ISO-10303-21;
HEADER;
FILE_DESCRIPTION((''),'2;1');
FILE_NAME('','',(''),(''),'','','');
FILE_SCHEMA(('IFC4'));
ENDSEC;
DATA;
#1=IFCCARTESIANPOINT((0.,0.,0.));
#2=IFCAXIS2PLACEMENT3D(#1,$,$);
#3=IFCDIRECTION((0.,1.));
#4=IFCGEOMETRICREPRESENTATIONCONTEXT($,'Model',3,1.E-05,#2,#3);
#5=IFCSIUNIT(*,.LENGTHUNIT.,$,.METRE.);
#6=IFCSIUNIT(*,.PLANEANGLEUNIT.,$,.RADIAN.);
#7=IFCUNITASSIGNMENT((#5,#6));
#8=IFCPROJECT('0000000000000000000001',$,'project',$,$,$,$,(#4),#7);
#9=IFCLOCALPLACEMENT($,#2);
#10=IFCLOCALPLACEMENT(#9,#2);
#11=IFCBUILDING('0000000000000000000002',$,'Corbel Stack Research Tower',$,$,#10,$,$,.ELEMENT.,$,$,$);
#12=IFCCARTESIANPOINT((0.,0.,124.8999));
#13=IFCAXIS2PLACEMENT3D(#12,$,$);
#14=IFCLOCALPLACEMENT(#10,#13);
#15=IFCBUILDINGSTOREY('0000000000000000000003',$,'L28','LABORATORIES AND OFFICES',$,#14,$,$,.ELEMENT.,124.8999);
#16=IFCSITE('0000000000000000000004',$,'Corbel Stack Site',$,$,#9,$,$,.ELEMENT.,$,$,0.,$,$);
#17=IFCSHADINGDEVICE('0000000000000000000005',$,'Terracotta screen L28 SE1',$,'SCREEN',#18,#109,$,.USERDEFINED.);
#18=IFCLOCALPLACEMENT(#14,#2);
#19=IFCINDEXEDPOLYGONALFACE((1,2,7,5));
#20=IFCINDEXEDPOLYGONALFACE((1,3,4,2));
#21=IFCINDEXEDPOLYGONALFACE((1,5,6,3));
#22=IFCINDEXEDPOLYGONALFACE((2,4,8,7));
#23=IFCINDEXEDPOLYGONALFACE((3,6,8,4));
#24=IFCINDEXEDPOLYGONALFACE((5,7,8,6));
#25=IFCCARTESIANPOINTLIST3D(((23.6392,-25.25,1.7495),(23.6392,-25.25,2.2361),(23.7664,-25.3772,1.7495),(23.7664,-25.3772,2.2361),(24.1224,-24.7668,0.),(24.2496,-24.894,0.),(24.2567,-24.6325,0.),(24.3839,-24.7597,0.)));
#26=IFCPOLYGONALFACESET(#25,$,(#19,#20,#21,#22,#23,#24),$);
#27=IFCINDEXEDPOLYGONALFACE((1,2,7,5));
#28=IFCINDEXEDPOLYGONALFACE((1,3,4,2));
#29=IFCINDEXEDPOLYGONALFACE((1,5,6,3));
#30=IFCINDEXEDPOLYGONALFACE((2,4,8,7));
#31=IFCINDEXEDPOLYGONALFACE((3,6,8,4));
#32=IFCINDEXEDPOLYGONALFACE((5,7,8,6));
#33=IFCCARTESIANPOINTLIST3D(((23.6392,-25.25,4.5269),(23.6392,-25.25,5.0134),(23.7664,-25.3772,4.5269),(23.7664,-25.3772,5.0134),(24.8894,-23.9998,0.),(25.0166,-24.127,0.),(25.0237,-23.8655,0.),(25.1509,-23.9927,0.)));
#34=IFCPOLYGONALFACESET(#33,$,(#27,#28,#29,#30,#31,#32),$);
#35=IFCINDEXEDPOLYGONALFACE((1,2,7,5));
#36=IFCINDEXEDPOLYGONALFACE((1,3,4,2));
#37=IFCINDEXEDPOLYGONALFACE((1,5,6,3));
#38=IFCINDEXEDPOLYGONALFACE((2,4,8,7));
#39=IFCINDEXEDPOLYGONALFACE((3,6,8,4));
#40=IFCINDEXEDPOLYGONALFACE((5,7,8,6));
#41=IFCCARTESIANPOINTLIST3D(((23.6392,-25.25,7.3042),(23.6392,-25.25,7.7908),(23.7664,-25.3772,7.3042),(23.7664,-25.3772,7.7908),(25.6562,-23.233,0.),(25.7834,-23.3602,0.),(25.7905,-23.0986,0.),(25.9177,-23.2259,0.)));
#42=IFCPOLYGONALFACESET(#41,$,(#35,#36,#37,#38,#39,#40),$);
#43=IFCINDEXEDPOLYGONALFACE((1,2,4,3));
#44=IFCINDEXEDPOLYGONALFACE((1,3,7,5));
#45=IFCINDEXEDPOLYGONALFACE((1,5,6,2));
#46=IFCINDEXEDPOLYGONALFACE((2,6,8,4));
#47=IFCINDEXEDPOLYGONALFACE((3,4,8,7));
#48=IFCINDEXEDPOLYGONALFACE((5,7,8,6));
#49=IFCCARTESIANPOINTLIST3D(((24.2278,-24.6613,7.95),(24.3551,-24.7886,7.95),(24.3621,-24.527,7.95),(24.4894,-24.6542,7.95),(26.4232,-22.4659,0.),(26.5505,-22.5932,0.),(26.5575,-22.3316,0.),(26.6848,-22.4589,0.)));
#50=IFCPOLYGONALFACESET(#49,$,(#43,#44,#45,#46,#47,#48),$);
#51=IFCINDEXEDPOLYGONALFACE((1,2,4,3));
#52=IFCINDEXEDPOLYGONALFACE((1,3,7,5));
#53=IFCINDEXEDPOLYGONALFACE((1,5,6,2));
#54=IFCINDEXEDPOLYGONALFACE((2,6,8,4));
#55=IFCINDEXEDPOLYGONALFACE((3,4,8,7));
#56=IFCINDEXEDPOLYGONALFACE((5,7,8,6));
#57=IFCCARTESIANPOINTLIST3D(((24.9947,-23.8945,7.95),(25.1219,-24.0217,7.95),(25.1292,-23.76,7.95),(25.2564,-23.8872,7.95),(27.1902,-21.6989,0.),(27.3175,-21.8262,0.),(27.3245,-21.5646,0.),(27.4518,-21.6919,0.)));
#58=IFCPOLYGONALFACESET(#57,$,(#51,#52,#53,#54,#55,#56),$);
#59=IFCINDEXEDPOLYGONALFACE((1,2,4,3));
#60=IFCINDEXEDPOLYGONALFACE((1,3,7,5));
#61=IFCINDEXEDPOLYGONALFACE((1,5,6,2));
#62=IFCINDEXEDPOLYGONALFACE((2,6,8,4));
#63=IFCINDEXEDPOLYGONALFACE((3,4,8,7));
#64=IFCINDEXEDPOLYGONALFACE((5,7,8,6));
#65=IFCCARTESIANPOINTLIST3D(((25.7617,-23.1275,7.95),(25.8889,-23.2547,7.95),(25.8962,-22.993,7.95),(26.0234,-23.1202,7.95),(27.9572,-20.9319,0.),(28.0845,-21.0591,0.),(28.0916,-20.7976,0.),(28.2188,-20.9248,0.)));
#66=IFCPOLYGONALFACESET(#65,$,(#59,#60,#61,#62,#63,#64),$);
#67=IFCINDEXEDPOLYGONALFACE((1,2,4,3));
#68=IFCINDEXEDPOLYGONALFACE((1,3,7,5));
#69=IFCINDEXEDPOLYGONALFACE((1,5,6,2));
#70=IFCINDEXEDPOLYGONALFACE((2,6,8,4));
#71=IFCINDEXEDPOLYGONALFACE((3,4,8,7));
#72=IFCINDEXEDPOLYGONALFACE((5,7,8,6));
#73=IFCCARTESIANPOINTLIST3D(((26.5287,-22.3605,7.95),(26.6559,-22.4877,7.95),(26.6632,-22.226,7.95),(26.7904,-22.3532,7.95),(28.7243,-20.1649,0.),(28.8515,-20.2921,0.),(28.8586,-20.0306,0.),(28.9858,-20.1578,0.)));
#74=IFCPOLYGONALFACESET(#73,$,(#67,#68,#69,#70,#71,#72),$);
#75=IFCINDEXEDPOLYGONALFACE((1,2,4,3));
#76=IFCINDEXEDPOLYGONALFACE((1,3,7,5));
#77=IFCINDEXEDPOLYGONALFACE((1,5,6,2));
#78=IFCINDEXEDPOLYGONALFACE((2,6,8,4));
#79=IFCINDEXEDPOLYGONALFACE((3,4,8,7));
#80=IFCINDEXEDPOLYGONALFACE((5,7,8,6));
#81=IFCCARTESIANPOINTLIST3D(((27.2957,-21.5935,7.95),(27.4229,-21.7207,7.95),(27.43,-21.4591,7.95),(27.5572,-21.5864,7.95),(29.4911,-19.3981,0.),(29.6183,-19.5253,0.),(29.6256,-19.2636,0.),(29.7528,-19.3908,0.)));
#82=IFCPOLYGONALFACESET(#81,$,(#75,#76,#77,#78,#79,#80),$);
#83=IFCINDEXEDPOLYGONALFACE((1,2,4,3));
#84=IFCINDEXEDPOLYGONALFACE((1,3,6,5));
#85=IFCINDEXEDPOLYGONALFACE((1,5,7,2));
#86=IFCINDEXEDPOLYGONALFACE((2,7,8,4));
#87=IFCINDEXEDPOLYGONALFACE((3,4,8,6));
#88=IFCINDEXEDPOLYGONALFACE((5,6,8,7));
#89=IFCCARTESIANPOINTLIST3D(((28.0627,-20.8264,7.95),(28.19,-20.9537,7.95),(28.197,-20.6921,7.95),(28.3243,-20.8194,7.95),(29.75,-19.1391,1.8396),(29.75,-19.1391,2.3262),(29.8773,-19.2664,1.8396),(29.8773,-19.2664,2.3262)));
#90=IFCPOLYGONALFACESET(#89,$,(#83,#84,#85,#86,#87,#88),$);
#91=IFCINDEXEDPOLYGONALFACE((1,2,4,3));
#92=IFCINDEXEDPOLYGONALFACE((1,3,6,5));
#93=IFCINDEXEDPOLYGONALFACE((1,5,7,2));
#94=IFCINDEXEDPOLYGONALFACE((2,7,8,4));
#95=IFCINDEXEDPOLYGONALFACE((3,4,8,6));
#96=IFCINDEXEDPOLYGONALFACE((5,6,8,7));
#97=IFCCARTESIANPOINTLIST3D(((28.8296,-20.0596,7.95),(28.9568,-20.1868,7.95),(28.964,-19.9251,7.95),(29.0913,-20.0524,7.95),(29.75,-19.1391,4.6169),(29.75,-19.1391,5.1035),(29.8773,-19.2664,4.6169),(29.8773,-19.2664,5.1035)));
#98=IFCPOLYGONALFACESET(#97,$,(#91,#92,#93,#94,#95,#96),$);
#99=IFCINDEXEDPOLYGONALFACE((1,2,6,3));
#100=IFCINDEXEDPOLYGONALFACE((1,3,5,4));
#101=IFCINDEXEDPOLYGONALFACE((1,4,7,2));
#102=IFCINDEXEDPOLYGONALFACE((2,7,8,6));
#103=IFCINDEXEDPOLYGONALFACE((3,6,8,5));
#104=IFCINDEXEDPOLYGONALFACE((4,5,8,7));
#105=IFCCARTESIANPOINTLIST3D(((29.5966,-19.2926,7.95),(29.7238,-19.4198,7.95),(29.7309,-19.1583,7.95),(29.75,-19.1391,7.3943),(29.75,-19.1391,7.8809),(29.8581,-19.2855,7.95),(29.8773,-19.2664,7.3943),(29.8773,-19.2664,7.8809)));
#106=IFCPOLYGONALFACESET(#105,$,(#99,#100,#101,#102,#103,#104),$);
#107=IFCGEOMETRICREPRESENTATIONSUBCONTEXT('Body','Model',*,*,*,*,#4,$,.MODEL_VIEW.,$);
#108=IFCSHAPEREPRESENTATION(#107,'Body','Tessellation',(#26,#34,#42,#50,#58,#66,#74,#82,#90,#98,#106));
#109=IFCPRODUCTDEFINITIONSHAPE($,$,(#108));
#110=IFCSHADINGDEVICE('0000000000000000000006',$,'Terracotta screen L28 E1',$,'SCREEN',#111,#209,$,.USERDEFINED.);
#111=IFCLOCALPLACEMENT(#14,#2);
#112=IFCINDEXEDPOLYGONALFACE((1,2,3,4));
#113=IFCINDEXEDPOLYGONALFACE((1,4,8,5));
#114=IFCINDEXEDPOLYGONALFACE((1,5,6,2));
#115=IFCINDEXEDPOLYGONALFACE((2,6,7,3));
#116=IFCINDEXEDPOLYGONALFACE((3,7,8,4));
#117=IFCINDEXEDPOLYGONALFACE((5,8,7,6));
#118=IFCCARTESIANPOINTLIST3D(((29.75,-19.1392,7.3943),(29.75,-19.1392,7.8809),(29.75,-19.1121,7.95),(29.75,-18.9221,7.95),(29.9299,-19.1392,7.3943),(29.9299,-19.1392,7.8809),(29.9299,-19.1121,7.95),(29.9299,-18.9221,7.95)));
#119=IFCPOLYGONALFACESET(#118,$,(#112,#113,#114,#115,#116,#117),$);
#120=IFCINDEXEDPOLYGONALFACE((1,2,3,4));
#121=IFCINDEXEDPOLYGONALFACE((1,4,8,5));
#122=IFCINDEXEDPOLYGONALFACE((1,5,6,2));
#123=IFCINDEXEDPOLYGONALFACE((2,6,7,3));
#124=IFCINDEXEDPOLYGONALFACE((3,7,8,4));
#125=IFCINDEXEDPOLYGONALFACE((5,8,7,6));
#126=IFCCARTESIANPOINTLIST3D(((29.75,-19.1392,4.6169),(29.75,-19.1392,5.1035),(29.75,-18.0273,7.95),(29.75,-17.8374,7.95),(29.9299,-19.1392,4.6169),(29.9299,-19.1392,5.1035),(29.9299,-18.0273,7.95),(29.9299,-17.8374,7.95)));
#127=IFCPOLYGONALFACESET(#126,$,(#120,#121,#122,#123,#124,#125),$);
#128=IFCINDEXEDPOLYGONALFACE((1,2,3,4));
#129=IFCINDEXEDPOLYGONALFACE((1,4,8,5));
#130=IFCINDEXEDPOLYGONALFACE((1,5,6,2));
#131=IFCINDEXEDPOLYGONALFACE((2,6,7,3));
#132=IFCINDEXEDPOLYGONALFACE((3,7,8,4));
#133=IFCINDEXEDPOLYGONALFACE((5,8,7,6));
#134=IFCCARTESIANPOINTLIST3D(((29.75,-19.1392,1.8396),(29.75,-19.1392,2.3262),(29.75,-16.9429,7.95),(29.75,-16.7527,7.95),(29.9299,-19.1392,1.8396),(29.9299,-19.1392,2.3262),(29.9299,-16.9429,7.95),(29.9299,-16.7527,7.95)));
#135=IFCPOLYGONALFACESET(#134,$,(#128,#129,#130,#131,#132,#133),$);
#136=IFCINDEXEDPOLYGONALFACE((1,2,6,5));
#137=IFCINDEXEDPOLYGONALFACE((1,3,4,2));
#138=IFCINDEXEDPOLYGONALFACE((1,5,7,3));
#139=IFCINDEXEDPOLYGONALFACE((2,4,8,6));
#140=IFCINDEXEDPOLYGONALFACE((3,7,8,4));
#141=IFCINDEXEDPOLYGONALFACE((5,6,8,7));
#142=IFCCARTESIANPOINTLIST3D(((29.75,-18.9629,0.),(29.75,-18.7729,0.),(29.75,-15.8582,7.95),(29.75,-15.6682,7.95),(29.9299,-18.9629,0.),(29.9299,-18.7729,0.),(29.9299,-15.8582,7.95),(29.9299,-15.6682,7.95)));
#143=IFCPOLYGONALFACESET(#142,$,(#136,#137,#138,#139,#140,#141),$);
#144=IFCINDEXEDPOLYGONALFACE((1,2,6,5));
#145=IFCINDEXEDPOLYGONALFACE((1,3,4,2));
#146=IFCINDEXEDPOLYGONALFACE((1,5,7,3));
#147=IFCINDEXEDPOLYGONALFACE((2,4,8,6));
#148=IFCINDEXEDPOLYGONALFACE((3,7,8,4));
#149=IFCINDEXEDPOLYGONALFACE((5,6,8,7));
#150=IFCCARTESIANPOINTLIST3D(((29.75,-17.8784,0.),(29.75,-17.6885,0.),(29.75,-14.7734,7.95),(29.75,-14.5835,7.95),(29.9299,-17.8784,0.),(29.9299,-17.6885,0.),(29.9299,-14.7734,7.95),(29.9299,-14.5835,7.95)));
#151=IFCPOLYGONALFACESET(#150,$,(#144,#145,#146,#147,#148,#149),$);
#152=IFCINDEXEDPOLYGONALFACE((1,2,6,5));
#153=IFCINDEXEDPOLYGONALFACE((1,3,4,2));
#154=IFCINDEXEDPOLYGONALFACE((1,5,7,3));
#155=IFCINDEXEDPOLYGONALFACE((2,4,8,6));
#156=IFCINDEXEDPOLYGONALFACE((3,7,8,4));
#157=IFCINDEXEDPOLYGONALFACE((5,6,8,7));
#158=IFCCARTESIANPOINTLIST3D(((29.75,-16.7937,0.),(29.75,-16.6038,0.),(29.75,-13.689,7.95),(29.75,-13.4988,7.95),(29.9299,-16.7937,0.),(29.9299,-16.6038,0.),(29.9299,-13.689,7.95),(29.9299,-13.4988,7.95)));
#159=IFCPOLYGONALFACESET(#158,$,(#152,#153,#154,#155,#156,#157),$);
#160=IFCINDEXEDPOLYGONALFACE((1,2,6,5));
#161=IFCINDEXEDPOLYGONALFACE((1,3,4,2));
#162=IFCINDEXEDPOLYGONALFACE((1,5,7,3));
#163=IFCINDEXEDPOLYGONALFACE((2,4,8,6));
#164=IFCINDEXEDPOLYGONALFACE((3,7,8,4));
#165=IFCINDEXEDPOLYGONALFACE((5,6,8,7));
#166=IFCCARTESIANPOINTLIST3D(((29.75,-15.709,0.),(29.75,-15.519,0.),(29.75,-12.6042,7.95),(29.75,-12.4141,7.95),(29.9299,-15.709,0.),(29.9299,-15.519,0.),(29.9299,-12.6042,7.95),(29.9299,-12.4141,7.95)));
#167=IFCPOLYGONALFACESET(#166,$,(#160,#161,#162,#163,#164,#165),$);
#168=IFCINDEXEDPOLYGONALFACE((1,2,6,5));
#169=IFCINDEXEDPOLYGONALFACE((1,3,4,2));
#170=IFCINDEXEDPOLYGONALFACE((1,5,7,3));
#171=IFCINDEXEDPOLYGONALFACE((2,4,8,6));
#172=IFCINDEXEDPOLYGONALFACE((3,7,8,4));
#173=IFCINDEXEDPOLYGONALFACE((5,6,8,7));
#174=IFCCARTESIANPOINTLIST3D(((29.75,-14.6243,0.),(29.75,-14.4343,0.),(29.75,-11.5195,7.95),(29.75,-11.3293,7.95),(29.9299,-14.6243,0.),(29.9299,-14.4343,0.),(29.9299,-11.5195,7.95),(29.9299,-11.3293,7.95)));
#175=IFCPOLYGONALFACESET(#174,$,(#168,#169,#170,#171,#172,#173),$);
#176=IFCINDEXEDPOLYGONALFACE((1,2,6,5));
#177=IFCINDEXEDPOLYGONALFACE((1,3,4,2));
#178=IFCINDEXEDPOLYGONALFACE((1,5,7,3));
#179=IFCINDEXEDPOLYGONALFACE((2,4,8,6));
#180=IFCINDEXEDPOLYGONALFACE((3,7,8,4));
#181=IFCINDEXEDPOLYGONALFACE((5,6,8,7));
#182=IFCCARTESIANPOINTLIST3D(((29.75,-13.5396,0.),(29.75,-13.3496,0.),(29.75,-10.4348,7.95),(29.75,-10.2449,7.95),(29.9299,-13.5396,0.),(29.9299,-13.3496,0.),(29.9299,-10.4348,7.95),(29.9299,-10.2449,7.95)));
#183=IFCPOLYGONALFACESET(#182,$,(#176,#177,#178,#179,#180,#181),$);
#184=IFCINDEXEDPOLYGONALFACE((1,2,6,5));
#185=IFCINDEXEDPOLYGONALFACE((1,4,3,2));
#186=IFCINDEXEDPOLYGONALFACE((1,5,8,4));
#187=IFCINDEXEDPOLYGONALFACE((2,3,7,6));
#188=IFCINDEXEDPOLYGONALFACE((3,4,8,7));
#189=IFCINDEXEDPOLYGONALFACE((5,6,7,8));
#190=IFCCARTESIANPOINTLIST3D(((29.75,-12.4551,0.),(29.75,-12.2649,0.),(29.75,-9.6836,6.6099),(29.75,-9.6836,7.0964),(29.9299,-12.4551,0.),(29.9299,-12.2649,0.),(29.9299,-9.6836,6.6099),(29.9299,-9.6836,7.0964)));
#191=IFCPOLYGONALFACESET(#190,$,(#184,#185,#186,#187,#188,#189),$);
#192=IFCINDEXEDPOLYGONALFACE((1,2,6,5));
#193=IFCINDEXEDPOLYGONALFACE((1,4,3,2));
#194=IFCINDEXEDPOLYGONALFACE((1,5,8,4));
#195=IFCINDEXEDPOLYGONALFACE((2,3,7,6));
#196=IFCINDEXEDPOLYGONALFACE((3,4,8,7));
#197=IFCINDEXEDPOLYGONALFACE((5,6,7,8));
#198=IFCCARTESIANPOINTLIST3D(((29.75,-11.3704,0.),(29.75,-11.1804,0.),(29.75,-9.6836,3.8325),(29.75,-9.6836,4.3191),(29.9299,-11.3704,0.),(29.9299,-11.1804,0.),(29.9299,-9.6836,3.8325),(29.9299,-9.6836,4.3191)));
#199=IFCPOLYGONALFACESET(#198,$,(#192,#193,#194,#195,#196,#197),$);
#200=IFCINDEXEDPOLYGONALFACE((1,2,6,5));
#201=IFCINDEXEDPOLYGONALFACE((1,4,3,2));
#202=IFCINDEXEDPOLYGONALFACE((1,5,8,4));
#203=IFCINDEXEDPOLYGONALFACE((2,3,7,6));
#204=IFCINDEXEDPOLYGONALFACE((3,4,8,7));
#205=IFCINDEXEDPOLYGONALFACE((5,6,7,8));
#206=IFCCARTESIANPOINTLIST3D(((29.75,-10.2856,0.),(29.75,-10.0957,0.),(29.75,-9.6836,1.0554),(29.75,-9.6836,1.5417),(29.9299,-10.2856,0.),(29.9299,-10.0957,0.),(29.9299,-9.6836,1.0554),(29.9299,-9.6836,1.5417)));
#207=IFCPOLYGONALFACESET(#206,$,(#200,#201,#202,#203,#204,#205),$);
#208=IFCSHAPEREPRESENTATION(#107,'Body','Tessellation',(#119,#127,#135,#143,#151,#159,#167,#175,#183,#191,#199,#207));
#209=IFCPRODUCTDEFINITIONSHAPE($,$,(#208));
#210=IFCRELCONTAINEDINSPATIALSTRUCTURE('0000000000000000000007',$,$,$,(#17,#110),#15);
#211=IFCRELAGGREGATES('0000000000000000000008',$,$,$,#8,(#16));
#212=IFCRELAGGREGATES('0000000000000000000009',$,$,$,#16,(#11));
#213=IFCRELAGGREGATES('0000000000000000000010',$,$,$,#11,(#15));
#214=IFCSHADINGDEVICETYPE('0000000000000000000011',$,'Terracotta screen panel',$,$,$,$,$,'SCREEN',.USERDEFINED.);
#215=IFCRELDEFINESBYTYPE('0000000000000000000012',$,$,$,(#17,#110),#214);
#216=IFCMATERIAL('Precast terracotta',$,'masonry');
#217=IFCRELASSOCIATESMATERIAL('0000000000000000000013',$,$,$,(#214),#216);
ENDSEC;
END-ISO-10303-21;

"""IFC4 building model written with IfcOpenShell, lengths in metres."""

from ifc_helpers import new_model, si_unit, direction, frame, origin, place, context, subcontext, project, spatial, polyline, outline, extrude, source, transform, mapped, material, type_object, element, save


model = new_model("IFC4")

# Units and contexts
model_context = context("Model", 3, precision=1e-05, world=origin(), true_north=direction((0.0, 1.0)))
body_context = subcontext(model_context, "Body", "Model", "MODEL_VIEW")
ifc_project = project(units=[si_unit("LENGTHUNIT", "METRE"), si_unit("PLANEANGLEUNIT", "RADIAN")], contexts=[model_context])

# Site, building, storey
site_placement = place(None, origin())
site = spatial("IfcSite", under=ifc_project, at=site_placement, Name="Corbel Stack Site", CompositionType="ELEMENT", RefElevation=0.0)
building_placement = place(site_placement, origin())
building = spatial("IfcBuilding", under=site, at=building_placement, Name="Corbel Stack Research Tower", CompositionType="ELEMENT")
storey_placement = place(building_placement, frame((0.0, 0.0, 124.8999)))
storey = spatial("IfcBuildingStorey", under=building, at=storey_placement, Name="L28", Description="LABORATORIES AND OFFICES", CompositionType="ELEMENT", Elevation=124.8999)

# Shading devices
ifc_material_1 = material(Name="Precast terracotta", Category="masonry")
shading_device_type = type_object("IfcShadingDeviceType", Name="Terracotta screen panel", ElementType="SCREEN", PredefinedType="USERDEFINED", material=ifc_material_1)
shared_shape_1 = source(origin(), body_context, "Body", "SweptSolid", [
    extrude(outline(polyline([(0.8733, 0.0), (0.0, 2.2361), (0.0, 1.7495), (0.6833, 0.0), (0.8733, 0.0)])), frame((0.0, 0.0, 0.0), z_axis=(0.0, -1.0, 0.0), x_axis=(1.0, 0.0, 0.0)), (0.0, 0.0, 1.0), 0.1799),
    extrude(outline(polyline([(1.958, 0.0), (0.0, 5.0134), (0.0, 4.5269), (1.7681, 0.0), (1.958, 0.0)])), frame((0.0, 0.0, 0.0), z_axis=(0.0, -1.0, 0.0), x_axis=(1.0, 0.0, 0.0)), (0.0, 0.0, 1.0), 0.1799),
    extrude(outline(polyline([(3.0425, 0.0), (0.0, 7.7908), (0.0, 7.3042), (2.8525, 0.0), (3.0425, 0.0)])), frame((0.0, 0.0, 0.0), z_axis=(0.0, -1.0, 0.0), x_axis=(1.0, 0.0, 0.0)), (0.0, 0.0, 1.0), 0.1799),
    extrude(outline(polyline([(4.1272, 0.0), (1.0225, 7.95), (0.8325, 7.95), (3.9373, 0.0), (4.1272, 0.0)])), frame((0.0, 0.0, 0.0), z_axis=(0.0, -1.0, 0.0), x_axis=(1.0, 0.0, 0.0)), (0.0, 0.0, 1.0), 0.1799),
    extrude(outline(polyline([(5.2119, 0.0), (2.1072, 7.95), (1.917, 7.95), (5.022, 0.0), (5.2119, 0.0)])), frame((0.0, 0.0, 0.0), z_axis=(0.0, -1.0, 0.0), x_axis=(1.0, 0.0, 0.0)), (0.0, 0.0, 1.0), 0.1799),
    extrude(outline(polyline([(6.2966, 0.0), (3.1919, 7.95), (3.0017, 7.95), (6.1067, 0.0), (6.2966, 0.0)])), frame((0.0, 0.0, 0.0), z_axis=(0.0, -1.0, 0.0), x_axis=(1.0, 0.0, 0.0)), (0.0, 0.0, 1.0), 0.1799),
    extrude(outline(polyline([(7.3813, 0.0), (4.2766, 7.95), (4.0864, 7.95), (7.1914, 0.0), (7.3813, 0.0)])), frame((0.0, 0.0, 0.0), z_axis=(0.0, -1.0, 0.0), x_axis=(1.0, 0.0, 0.0)), (0.0, 0.0, 1.0), 0.1799),
    extrude(outline(polyline([(8.4661, 0.0), (5.3611, 7.95), (5.1711, 7.95), (8.2759, 0.0), (8.4661, 0.0)])), frame((0.0, 0.0, 0.0), z_axis=(0.0, -1.0, 0.0), x_axis=(1.0, 0.0, 0.0)), (0.0, 0.0, 1.0), 0.1799),
    extrude(outline(polyline([(6.4458, 7.95), (6.2559, 7.95), (8.6421, 1.8396), (8.6421, 2.3262), (6.4458, 7.95)])), frame((0.0, 0.0, 0.0), z_axis=(0.0, -1.0, 0.0), x_axis=(1.0, 0.0, 0.0)), (0.0, 0.0, 1.0), 0.1799),
    extrude(outline(polyline([(7.5305, 7.95), (7.3403, 7.95), (8.6421, 4.6169), (8.6421, 5.1035), (7.5305, 7.95)])), frame((0.0, 0.0, 0.0), z_axis=(0.0, -1.0, 0.0), x_axis=(1.0, 0.0, 0.0)), (0.0, 0.0, 1.0), 0.1799),
    extrude(outline(polyline([(8.615, 7.95), (8.425, 7.95), (8.6421, 7.3943), (8.6421, 7.8809), (8.615, 7.95)])), frame((0.0, 0.0, 0.0), z_axis=(0.0, -1.0, 0.0), x_axis=(1.0, 0.0, 0.0)), (0.0, 0.0, 1.0), 0.1799),
])
shading_device_1_placement = place(storey_placement, frame((23.6392, -25.25, 0.0), z_axis=(0.0, 0.0, 1.0), x_axis=(0.707107, 0.707107, 0.0)))
element("IfcShadingDevice", 1, at=shading_device_1_placement, inside=storey, type_object=shading_device_type, Name="Terracotta screen L28 SE1", ObjectType="SCREEN", PredefinedType="USERDEFINED", context=body_context, shape_type="MappedRepresentation", body=[
    mapped(shared_shape_1, transform((0.0, 0.0, 0.0))),
])
shared_shape_2 = source(origin(), body_context, "Body", "SweptSolid", [
    extrude(outline(polyline([(0.217, 7.95), (0.0271, 7.95), (0.0, 7.8809), (0.0, 7.3943), (0.217, 7.95)])), frame((0.0, 0.0, 0.0), z_axis=(0.0, -1.0, 0.0), x_axis=(1.0, 0.0, 0.0)), (0.0, 0.0, 1.0), 0.1799),
    extrude(outline(polyline([(1.3018, 7.95), (1.1118, 7.95), (0.0, 5.1035), (0.0, 4.6169), (1.3018, 7.95)])), frame((0.0, 0.0, 0.0), z_axis=(0.0, -1.0, 0.0), x_axis=(1.0, 0.0, 0.0)), (0.0, 0.0, 1.0), 0.1799),
    extrude(outline(polyline([(2.3865, 7.95), (2.1963, 7.95), (0.0, 2.3262), (0.0, 1.8396), (2.3865, 7.95)])), frame((0.0, 0.0, 0.0), z_axis=(0.0, -1.0, 0.0), x_axis=(1.0, 0.0, 0.0)), (0.0, 0.0, 1.0), 0.1799),
    extrude(outline(polyline([(0.3662, 0.0), (3.4709, 7.95), (3.281, 7.95), (0.1763, 0.0), (0.3662, 0.0)])), frame((0.0, 0.0, 0.0), z_axis=(0.0, -1.0, 0.0), x_axis=(1.0, 0.0, 0.0)), (0.0, 0.0, 1.0), 0.1799),
    extrude(outline(polyline([(1.4507, 0.0), (4.5557, 7.95), (4.3657, 7.95), (1.2607, 0.0), (1.4507, 0.0)])), frame((0.0, 0.0, 0.0), z_axis=(0.0, -1.0, 0.0), x_axis=(1.0, 0.0, 0.0)), (0.0, 0.0, 1.0), 0.1799),
    extrude(outline(polyline([(2.5354, 0.0), (5.6404, 7.95), (5.4502, 7.95), (2.3455, 0.0), (2.5354, 0.0)])), frame((0.0, 0.0, 0.0), z_axis=(0.0, -1.0, 0.0), x_axis=(1.0, 0.0, 0.0)), (0.0, 0.0, 1.0), 0.1799),
    extrude(outline(polyline([(3.6201, 0.0), (6.7251, 7.95), (6.5349, 7.95), (3.4302, 0.0), (3.6201, 0.0)])), frame((0.0, 0.0, 0.0), z_axis=(0.0, -1.0, 0.0), x_axis=(1.0, 0.0, 0.0)), (0.0, 0.0, 1.0), 0.1799),
    extrude(outline(polyline([(4.7048, 0.0), (7.8098, 7.95), (7.6196, 7.95), (4.5149, 0.0), (4.7048, 0.0)])), frame((0.0, 0.0, 0.0), z_axis=(0.0, -1.0, 0.0), x_axis=(1.0, 0.0, 0.0)), (0.0, 0.0, 1.0), 0.1799),
    extrude(outline(polyline([(5.7896, 0.0), (8.8943, 7.95), (8.7043, 7.95), (5.5996, 0.0), (5.7896, 0.0)])), frame((0.0, 0.0, 0.0), z_axis=(0.0, -1.0, 0.0), x_axis=(1.0, 0.0, 0.0)), (0.0, 0.0, 1.0), 0.1799),
    extrude(outline(polyline([(6.8743, 0.0), (9.4556, 6.6099), (9.4556, 7.0964), (6.6841, 0.0), (6.8743, 0.0)])), frame((0.0, 0.0, 0.0), z_axis=(0.0, -1.0, 0.0), x_axis=(1.0, 0.0, 0.0)), (0.0, 0.0, 1.0), 0.1799),
    extrude(outline(polyline([(7.9587, 0.0), (9.4556, 3.8325), (9.4556, 4.3191), (7.7688, 0.0), (7.9587, 0.0)])), frame((0.0, 0.0, 0.0), z_axis=(0.0, -1.0, 0.0), x_axis=(1.0, 0.0, 0.0)), (0.0, 0.0, 1.0), 0.1799),
    extrude(outline(polyline([(9.0435, 0.0), (9.4556, 1.0554), (9.4556, 1.5417), (8.8535, 0.0), (9.0435, 0.0)])), frame((0.0, 0.0, 0.0), z_axis=(0.0, -1.0, 0.0), x_axis=(1.0, 0.0, 0.0)), (0.0, 0.0, 1.0), 0.1799),
])
shading_device_2_placement = place(storey_placement, frame((29.75, -19.1392, 0.0), z_axis=(0.0, 0.0, 1.0), x_axis=(0.0, 1.0, 0.0)))
element("IfcShadingDevice", 2, at=shading_device_2_placement, inside=storey, type_object=shading_device_type, Name="Terracotta screen L28 E1", ObjectType="SCREEN", PredefinedType="USERDEFINED", context=body_context, shape_type="MappedRepresentation", body=[
    mapped(shared_shape_2, transform((0.0, 0.0, 0.0))),
])

save(model, "model.ifc")
